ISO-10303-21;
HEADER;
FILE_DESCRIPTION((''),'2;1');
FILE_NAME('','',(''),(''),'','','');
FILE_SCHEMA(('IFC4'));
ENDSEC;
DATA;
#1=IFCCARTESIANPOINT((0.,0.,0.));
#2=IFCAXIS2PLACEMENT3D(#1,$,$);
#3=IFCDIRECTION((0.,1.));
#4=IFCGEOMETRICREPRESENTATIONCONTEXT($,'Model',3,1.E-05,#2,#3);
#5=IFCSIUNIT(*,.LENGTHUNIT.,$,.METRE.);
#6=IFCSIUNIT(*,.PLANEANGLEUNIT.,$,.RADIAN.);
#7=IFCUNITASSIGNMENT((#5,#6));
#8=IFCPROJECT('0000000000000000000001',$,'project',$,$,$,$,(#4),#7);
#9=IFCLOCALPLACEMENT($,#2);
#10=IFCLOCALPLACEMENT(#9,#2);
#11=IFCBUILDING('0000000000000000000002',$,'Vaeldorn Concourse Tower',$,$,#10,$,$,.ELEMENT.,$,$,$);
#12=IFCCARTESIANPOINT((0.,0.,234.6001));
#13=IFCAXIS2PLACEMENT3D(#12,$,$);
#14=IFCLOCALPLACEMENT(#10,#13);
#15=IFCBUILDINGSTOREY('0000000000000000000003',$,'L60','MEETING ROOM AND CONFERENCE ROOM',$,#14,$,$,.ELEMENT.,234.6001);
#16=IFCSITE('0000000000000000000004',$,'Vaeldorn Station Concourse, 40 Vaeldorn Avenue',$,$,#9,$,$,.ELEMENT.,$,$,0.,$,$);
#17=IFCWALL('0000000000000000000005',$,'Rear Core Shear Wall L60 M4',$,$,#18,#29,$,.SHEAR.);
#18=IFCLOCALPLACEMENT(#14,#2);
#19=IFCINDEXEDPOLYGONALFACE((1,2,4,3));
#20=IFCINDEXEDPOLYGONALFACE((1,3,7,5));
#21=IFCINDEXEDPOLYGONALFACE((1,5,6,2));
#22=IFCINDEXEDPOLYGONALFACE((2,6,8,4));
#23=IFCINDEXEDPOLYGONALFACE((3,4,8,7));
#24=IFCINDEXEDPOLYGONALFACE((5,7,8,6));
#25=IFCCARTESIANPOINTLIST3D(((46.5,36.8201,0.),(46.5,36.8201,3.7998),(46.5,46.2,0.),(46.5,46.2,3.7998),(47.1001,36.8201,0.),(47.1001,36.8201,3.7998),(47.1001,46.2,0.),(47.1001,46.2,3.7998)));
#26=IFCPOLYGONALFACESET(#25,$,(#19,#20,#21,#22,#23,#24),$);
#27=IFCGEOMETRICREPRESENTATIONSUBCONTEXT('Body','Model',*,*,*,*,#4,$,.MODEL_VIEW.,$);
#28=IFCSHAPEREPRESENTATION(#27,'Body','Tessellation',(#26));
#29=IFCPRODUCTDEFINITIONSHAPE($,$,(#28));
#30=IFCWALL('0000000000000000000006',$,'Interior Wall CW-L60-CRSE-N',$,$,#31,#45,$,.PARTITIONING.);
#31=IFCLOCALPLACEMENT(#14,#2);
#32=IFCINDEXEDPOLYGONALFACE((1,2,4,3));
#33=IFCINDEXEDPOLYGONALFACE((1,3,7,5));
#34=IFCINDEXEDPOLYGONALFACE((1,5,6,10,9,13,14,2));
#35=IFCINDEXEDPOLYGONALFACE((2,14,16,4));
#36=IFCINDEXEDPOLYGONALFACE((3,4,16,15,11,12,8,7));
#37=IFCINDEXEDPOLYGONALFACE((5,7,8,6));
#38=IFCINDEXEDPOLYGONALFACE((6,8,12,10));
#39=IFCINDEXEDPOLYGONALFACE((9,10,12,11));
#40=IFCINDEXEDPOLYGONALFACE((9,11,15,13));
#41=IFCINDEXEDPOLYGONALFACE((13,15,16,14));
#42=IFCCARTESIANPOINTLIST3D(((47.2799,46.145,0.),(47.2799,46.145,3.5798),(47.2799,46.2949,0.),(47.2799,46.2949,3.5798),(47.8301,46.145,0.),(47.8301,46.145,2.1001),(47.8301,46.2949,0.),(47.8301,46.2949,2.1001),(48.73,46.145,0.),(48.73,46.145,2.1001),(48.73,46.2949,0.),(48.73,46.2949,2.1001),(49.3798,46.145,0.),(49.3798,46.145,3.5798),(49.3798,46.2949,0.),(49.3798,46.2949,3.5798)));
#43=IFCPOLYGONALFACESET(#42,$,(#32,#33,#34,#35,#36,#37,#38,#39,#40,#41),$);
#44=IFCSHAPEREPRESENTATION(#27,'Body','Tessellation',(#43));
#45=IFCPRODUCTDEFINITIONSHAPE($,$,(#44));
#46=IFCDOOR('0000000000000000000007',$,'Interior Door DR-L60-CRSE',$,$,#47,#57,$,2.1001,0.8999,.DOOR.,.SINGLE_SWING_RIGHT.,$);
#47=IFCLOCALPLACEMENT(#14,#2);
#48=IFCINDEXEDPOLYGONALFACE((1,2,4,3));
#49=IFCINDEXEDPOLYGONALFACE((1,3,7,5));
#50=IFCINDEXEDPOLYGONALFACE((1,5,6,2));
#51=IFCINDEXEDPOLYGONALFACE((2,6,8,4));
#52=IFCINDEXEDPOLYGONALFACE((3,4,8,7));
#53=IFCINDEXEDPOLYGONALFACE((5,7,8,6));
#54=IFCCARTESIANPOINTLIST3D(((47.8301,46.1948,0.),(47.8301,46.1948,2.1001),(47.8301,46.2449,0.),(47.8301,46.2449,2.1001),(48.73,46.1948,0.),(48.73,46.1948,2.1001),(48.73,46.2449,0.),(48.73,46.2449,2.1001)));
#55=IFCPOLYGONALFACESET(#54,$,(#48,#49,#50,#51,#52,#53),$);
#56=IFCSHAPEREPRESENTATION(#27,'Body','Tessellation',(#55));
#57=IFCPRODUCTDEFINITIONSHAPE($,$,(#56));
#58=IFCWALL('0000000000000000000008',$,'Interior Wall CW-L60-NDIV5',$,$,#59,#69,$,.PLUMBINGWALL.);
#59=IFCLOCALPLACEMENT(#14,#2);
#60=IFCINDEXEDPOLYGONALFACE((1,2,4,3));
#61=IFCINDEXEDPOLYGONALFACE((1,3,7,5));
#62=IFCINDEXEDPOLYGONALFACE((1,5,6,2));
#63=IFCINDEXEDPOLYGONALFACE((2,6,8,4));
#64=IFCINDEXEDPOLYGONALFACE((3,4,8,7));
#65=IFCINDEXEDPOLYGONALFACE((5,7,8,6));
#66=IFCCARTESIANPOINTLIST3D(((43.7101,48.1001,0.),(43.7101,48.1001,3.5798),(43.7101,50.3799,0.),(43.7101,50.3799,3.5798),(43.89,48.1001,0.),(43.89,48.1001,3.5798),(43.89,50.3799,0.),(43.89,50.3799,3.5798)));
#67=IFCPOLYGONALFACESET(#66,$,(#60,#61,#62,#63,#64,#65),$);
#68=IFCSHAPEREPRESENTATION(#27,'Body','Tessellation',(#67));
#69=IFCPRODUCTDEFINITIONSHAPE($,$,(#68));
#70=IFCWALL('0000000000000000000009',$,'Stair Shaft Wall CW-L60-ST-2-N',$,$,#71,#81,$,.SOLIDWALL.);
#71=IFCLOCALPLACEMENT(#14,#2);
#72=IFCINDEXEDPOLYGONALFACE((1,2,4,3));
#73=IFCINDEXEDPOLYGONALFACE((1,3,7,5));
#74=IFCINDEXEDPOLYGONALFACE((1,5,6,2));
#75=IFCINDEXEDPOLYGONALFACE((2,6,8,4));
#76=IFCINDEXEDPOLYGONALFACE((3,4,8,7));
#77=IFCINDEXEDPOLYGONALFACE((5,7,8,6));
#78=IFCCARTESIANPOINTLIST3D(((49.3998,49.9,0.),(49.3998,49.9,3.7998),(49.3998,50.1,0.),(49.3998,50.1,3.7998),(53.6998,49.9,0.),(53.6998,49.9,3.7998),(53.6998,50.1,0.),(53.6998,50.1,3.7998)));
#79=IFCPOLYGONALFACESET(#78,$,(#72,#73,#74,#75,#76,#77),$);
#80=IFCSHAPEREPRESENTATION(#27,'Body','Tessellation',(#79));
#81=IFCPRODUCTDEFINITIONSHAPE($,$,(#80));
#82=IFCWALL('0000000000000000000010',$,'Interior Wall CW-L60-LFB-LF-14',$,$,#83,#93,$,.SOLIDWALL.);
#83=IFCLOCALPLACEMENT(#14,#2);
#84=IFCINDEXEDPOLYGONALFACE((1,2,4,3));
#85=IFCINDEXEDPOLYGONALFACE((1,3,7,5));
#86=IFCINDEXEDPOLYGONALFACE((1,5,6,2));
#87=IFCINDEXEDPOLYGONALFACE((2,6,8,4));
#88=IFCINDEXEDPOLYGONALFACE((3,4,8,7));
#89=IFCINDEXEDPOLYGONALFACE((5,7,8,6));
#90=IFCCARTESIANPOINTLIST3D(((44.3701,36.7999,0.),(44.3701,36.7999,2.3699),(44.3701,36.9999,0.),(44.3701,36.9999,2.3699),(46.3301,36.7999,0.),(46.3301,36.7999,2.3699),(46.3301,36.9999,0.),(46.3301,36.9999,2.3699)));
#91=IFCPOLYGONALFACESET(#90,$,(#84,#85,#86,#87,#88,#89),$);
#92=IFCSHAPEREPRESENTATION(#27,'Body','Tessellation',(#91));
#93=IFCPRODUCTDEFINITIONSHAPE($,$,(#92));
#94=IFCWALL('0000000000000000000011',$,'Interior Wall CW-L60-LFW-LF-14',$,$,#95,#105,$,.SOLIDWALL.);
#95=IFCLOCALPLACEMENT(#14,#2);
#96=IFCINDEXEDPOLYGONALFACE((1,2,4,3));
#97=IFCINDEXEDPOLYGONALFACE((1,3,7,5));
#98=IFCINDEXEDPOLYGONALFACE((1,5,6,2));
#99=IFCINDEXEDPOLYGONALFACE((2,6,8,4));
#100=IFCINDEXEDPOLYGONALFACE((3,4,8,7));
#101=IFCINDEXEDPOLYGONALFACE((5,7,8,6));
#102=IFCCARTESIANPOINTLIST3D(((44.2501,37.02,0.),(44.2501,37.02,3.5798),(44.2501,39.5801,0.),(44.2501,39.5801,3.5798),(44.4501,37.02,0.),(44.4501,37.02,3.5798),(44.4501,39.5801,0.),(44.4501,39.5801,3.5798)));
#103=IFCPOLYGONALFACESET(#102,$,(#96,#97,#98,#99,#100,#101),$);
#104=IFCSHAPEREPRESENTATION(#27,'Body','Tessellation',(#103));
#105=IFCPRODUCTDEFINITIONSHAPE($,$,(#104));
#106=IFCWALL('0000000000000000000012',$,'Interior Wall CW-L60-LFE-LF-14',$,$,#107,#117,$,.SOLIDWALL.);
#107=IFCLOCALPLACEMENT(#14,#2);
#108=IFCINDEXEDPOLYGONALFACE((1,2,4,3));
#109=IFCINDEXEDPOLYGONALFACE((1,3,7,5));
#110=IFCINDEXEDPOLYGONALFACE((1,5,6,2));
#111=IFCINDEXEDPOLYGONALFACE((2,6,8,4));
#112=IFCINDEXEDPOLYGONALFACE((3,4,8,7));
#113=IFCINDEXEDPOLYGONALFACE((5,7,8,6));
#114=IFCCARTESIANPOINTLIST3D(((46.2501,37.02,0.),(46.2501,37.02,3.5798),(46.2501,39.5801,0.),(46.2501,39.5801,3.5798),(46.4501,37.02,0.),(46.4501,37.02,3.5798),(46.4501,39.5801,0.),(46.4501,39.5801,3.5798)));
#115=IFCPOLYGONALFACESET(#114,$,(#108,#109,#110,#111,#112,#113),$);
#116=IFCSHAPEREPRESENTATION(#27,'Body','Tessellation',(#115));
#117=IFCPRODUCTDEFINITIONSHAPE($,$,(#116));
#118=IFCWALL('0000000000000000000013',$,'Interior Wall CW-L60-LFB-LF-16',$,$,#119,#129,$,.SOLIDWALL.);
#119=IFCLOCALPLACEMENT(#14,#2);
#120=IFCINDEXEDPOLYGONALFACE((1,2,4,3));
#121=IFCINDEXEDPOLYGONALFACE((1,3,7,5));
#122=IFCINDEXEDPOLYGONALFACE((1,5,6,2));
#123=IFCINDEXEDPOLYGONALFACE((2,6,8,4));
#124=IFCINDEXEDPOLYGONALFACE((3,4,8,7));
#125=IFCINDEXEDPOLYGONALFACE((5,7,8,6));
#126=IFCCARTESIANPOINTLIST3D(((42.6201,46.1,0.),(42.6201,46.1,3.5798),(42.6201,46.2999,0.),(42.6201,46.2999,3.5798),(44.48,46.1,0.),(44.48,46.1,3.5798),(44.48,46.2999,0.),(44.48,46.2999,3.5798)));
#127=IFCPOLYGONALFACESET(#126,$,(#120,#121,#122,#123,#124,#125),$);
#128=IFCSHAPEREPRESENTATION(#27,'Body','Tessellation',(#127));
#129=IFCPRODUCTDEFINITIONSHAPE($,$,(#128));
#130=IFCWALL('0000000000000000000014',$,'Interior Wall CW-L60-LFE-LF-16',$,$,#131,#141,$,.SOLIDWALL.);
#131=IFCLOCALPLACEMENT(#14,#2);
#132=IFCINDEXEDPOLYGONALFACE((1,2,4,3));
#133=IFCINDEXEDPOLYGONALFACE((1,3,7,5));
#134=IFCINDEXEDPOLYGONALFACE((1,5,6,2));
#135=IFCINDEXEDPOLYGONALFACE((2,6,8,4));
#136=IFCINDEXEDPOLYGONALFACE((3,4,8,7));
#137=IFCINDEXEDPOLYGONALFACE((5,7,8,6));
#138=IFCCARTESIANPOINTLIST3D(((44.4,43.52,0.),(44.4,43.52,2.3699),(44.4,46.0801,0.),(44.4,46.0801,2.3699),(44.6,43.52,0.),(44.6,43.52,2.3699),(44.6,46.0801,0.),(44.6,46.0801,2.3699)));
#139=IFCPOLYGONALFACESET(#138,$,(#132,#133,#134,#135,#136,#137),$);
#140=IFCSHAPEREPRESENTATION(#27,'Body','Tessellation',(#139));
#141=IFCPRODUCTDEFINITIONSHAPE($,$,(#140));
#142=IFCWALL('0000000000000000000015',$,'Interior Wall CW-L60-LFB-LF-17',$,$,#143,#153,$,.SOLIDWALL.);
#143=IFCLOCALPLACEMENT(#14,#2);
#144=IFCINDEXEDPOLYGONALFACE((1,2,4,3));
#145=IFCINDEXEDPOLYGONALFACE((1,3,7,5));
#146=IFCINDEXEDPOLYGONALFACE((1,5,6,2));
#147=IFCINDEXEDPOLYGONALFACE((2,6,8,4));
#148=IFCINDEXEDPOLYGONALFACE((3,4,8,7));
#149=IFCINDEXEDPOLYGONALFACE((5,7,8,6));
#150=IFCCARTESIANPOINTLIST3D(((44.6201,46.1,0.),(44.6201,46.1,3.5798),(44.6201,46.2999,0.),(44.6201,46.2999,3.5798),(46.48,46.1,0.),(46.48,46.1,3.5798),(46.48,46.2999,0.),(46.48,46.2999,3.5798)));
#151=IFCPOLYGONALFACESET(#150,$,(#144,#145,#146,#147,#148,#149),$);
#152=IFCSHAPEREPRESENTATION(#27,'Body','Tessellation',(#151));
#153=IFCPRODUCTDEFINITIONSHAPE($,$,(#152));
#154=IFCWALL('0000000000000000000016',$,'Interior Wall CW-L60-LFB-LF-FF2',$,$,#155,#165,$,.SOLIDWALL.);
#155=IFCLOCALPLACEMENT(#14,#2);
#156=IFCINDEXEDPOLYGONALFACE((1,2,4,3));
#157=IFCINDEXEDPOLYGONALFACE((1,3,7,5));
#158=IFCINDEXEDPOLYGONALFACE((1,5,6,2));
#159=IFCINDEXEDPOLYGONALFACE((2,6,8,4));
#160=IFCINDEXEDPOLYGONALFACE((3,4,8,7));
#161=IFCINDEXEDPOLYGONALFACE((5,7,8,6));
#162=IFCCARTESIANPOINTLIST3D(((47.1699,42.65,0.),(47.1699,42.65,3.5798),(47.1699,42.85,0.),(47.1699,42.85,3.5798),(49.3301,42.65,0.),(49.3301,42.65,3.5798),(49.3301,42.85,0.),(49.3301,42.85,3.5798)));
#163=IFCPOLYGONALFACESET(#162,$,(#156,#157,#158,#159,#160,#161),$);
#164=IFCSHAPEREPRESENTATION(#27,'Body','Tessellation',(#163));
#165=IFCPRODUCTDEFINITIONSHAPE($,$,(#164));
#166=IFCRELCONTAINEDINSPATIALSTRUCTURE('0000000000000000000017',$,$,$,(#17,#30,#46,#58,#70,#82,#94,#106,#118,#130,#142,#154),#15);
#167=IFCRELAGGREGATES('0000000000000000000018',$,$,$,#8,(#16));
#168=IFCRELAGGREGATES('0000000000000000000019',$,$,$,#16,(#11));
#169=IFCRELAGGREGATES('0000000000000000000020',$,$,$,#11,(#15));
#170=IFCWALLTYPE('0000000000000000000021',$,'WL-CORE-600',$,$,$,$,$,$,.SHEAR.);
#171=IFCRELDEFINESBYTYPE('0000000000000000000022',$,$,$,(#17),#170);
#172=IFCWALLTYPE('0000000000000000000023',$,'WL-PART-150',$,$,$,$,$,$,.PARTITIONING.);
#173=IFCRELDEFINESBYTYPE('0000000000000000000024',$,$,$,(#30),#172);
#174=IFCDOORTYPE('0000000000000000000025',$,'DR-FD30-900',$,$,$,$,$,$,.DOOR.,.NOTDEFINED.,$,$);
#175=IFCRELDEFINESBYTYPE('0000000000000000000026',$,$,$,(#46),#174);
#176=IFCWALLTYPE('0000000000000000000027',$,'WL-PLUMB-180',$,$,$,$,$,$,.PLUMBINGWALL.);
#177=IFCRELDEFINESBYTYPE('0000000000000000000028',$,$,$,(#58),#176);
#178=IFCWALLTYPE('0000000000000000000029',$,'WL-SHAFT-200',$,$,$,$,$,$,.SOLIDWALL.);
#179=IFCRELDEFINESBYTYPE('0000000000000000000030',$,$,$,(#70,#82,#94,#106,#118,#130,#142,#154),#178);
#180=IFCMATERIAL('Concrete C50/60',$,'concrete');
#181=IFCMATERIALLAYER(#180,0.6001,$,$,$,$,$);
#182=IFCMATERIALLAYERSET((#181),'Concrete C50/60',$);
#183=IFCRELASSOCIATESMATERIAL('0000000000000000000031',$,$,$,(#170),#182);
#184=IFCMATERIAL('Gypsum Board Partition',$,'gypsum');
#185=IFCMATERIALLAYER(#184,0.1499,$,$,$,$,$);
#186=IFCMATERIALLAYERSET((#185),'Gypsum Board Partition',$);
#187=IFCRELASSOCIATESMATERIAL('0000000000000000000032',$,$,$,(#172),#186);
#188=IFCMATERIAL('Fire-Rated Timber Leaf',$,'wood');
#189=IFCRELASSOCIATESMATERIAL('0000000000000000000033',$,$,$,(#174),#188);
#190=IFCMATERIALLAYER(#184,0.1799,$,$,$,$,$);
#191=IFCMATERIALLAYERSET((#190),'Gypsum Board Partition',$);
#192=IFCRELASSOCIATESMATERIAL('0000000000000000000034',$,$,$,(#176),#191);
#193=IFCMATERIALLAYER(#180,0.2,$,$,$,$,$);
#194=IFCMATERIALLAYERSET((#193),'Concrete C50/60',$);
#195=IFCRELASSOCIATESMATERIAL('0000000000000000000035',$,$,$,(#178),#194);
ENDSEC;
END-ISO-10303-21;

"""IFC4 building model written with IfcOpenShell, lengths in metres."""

from ifc_helpers import new_model, si_unit, direction, frame, frame_2d, origin, place, context, subcontext, project, spatial, rectangle, extrude, source, transform, mapped, material, layer, layer_set, type_object, element, fill, save


model = new_model("IFC4")

# Units and contexts
model_context = context("Model", 3, precision=1e-05, world=origin(), true_north=direction((0.0, 1.0)))
body_context = subcontext(model_context, "Body", "Model", "MODEL_VIEW")
ifc_project = project(units=[si_unit("LENGTHUNIT", "METRE"), si_unit("PLANEANGLEUNIT", "RADIAN")], contexts=[model_context])

# Site, building, storey
site_placement = place(None, origin())
site = spatial("IfcSite", under=ifc_project, at=site_placement, Name="Vaeldorn Station Concourse, 40 Vaeldorn Avenue", CompositionType="ELEMENT", RefElevation=0.0)
building_placement = place(site_placement, origin())
building = spatial("IfcBuilding", under=site, at=building_placement, Name="Vaeldorn Concourse Tower", CompositionType="ELEMENT")
storey_placement = place(building_placement, frame((0.0, 0.0, 234.6001)))
storey = spatial("IfcBuildingStorey", under=building, at=storey_placement, Name="L60", Description="MEETING ROOM AND CONFERENCE ROOM", CompositionType="ELEMENT", Elevation=234.6001)

# Shared definitions
ifc_material_1 = material(Name="Concrete C50/60", Category="concrete")

# Wall
ifc_layer_1 = layer(ifc_material_1, 0.6001)
ifc_layer_set_1 = layer_set([ifc_layer_1], Name="Concrete C50/60")
wall_type_1 = type_object("IfcWallType", Name="WL-CORE-600", PredefinedType="SHEAR", material=ifc_layer_set_1)
wall_1_placement = place(storey_placement, frame((46.8, 36.8201, 0.0), z_axis=(0.0, 0.0, 1.0), x_axis=(0.0, 1.0, 0.0)))
element("IfcWall", 1, at=wall_1_placement, inside=storey, type_object=wall_type_1, Name="Rear Core Shear Wall L60 M4", PredefinedType="SHEAR", context=body_context, shape_type="SweptSolid", body=[
    extrude(rectangle(XDim=9.3799, YDim=0.6001, at=frame_2d((4.6899, 0.0))), origin(), (0.0, 0.0, 1.0), 3.7998),
])

# Wall, opening, door
ifc_material_2 = material(Name="Gypsum Board Partition", Category="gypsum")
ifc_layer_2 = layer(ifc_material_2, 0.1499)
ifc_layer_set_2 = layer_set([ifc_layer_2], Name="Gypsum Board Partition")
wall_type_2 = type_object("IfcWallType", Name="WL-PART-150", PredefinedType="PARTITIONING", material=ifc_layer_set_2)
wall_2_placement = place(storey_placement, frame((47.28, 46.22, 0.0), z_axis=(0.0, 0.0, 1.0), x_axis=(1.0, 0.0, 0.0)))
wall_2 = element("IfcWall", 2, at=wall_2_placement, inside=storey, type_object=wall_type_2, Name="Interior Wall CW-L60-CRSE-N", PredefinedType="PARTITIONING", context=body_context, shape_type="SweptSolid", body=[
    extrude(rectangle(XDim=2.0999, YDim=0.1499, at=frame_2d((1.0498, 0.0))), origin(), (0.0, 0.0, 1.0), 3.5798),
])
opening_1_placement = place(wall_2_placement, frame((0.55, 0.0, 0.0)))
opening_1 = element("IfcOpeningElement", 3, at=opening_1_placement, cuts=wall_2, PredefinedType="OPENING", context=body_context, shape_type="SweptSolid", body=[
    extrude(rectangle(XDim=0.8999, YDim=2.1001, at=frame_2d((0.45, 1.05))), frame((0.0, 0.085, 0.0), z_axis=(0.0, -1.0, 0.0), x_axis=(1.0, 0.0, 0.0)), (0.0, 0.0, 1.0), 0.1699),
])
ifc_material_3 = material(Name="Fire-Rated Timber Leaf", Category="wood")
door_type_1 = type_object("IfcDoorType", Name="DR-FD30-900", OperationType="NOTDEFINED", PredefinedType="DOOR", material=ifc_material_3)
shared_shape_1 = source(origin(), body_context, "Body", "SweptSolid", [
    extrude(rectangle(XDim=0.8999, YDim=2.1001, at=frame_2d((0.45, 1.05))), frame((0.0, 0.0249, 0.0), z_axis=(0.0, -1.0, 0.0), x_axis=(1.0, 0.0, 0.0)), (0.0, 0.0, 1.0), 0.05),
])
door_1_placement = place(opening_1_placement, origin())
door_1 = element("IfcDoor", 4, at=door_1_placement, inside=storey, type_object=door_type_1, Name="Interior Door DR-L60-CRSE", OperationType="SINGLE_SWING_RIGHT", OverallHeight=2.1001, OverallWidth=0.8999, PredefinedType="DOOR", context=body_context, shape_type="MappedRepresentation", body=[
    mapped(shared_shape_1, transform((0.0, 0.0, 0.0), scale=1.0)),
])
fill(opening_1, door_1)

# Wall
ifc_layer_3 = layer(ifc_material_2, 0.1799)
ifc_layer_set_3 = layer_set([ifc_layer_3], Name="Gypsum Board Partition")
wall_type_3 = type_object("IfcWallType", Name="WL-PLUMB-180", PredefinedType="PLUMBINGWALL", material=ifc_layer_set_3)
wall_3_placement = place(storey_placement, frame((43.8, 48.1001, 0.0), z_axis=(0.0, 0.0, 1.0), x_axis=(0.0, 1.0, 0.0)))
element("IfcWall", 5, at=wall_3_placement, inside=storey, type_object=wall_type_3, Name="Interior Wall CW-L60-NDIV5", PredefinedType="PLUMBINGWALL", context=body_context, shape_type="SweptSolid", body=[
    extrude(rectangle(XDim=2.2798, YDim=0.1799, at=frame_2d((1.1399, 0.0))), origin(), (0.0, 0.0, 1.0), 3.5798),
])

# Shared definitions
ifc_layer_4 = layer(ifc_material_1, 0.2)
ifc_layer_set_4 = layer_set([ifc_layer_4], Name="Concrete C50/60")
wall_type_4 = type_object("IfcWallType", Name="WL-SHAFT-200", PredefinedType="SOLIDWALL", material=ifc_layer_set_4)

# Wall
wall_4_placement = place(storey_placement, frame((49.3999, 50.0, 0.0), z_axis=(0.0, 0.0, 1.0), x_axis=(1.0, 0.0, 0.0)))
element("IfcWall", 6, at=wall_4_placement, inside=storey, type_object=wall_type_4, Name="Stair Shaft Wall CW-L60-ST-2-N", PredefinedType="SOLIDWALL", context=body_context, shape_type="SweptSolid", body=[
    extrude(rectangle(XDim=4.3, YDim=0.2, at=frame_2d((2.1499, 0.0))), origin(), (0.0, 0.0, 1.0), 3.7998),
])

# Walls
wall_5_placement = place(storey_placement, frame((44.3701, 36.8999, 0.0), z_axis=(0.0, 0.0, 1.0), x_axis=(1.0, 0.0, 0.0)))
element("IfcWall", 7, at=wall_5_placement, inside=storey, type_object=wall_type_4, Name="Interior Wall CW-L60-LFB-LF-14", PredefinedType="SOLIDWALL", context=body_context, shape_type="SweptSolid", body=[
    extrude(rectangle(XDim=1.96, YDim=0.2, at=frame_2d((0.98, 0.0))), origin(), (0.0, 0.0, 1.0), 2.3699),
])
for number, where, z_axis, x_axis, name in (
    (8, (44.3501, 37.02, 0.0), (0.0, 0.0, 1.0), (0.0, 1.0, 0.0), "Interior Wall CW-L60-LFW-LF-14"),
    (9, (46.3501, 37.02, 0.0), (0.0, 0.0, 1.0), (0.0, 1.0, 0.0), "Interior Wall CW-L60-LFE-LF-14"),
):
    element("IfcWall", number, at=place(storey_placement, frame(where, z_axis=z_axis, x_axis=x_axis)), inside=storey, type_object=wall_type_4, Name=name, PredefinedType="SOLIDWALL", context=body_context, shape_type="SweptSolid", body=[
        extrude(rectangle(XDim=2.5601, YDim=0.2, at=frame_2d((1.28, 0.0))), origin(), (0.0, 0.0, 1.0), 3.5798),
    ])

# Walls
wall_6_placement = place(storey_placement, frame((42.6201, 46.2, 0.0), z_axis=(0.0, 0.0, 1.0), x_axis=(1.0, 0.0, 0.0)))
element("IfcWall", 10, at=wall_6_placement, inside=storey, type_object=wall_type_4, Name="Interior Wall CW-L60-LFB-LF-16", PredefinedType="SOLIDWALL", context=body_context, shape_type="SweptSolid", body=[
    extrude(rectangle(XDim=1.8599, YDim=0.2, at=frame_2d((0.9299, 0.0))), origin(), (0.0, 0.0, 1.0), 3.5798),
])
wall_7_placement = place(storey_placement, frame((44.5, 43.52, 0.0), z_axis=(0.0, 0.0, 1.0), x_axis=(0.0, 1.0, 0.0)))
element("IfcWall", 11, at=wall_7_placement, inside=storey, type_object=wall_type_4, Name="Interior Wall CW-L60-LFE-LF-16", PredefinedType="SOLIDWALL", context=body_context, shape_type="SweptSolid", body=[
    extrude(rectangle(XDim=2.5601, YDim=0.2, at=frame_2d((1.28, 0.0))), origin(), (0.0, 0.0, 1.0), 2.3699),
])

# Wall
wall_8_placement = place(storey_placement, frame((44.6201, 46.2, 0.0), z_axis=(0.0, 0.0, 1.0), x_axis=(1.0, 0.0, 0.0)))
element("IfcWall", 12, at=wall_8_placement, inside=storey, type_object=wall_type_4, Name="Interior Wall CW-L60-LFB-LF-17", PredefinedType="SOLIDWALL", context=body_context, shape_type="SweptSolid", body=[
    extrude(rectangle(XDim=1.8599, YDim=0.2, at=frame_2d((0.9299, 0.0))), origin(), (0.0, 0.0, 1.0), 3.5798),
])

# Wall
wall_9_placement = place(storey_placement, frame((47.1699, 42.75, 0.0), z_axis=(0.0, 0.0, 1.0), x_axis=(1.0, 0.0, 0.0)))
element("IfcWall", 13, at=wall_9_placement, inside=storey, type_object=wall_type_4, Name="Interior Wall CW-L60-LFB-LF-FF2", PredefinedType="SOLIDWALL", context=body_context, shape_type="SweptSolid", body=[
    extrude(rectangle(XDim=2.1602, YDim=0.2, at=frame_2d((1.0801, 0.0))), origin(), (0.0, 0.0, 1.0), 3.5798),
])

save(model, "model.ifc")
